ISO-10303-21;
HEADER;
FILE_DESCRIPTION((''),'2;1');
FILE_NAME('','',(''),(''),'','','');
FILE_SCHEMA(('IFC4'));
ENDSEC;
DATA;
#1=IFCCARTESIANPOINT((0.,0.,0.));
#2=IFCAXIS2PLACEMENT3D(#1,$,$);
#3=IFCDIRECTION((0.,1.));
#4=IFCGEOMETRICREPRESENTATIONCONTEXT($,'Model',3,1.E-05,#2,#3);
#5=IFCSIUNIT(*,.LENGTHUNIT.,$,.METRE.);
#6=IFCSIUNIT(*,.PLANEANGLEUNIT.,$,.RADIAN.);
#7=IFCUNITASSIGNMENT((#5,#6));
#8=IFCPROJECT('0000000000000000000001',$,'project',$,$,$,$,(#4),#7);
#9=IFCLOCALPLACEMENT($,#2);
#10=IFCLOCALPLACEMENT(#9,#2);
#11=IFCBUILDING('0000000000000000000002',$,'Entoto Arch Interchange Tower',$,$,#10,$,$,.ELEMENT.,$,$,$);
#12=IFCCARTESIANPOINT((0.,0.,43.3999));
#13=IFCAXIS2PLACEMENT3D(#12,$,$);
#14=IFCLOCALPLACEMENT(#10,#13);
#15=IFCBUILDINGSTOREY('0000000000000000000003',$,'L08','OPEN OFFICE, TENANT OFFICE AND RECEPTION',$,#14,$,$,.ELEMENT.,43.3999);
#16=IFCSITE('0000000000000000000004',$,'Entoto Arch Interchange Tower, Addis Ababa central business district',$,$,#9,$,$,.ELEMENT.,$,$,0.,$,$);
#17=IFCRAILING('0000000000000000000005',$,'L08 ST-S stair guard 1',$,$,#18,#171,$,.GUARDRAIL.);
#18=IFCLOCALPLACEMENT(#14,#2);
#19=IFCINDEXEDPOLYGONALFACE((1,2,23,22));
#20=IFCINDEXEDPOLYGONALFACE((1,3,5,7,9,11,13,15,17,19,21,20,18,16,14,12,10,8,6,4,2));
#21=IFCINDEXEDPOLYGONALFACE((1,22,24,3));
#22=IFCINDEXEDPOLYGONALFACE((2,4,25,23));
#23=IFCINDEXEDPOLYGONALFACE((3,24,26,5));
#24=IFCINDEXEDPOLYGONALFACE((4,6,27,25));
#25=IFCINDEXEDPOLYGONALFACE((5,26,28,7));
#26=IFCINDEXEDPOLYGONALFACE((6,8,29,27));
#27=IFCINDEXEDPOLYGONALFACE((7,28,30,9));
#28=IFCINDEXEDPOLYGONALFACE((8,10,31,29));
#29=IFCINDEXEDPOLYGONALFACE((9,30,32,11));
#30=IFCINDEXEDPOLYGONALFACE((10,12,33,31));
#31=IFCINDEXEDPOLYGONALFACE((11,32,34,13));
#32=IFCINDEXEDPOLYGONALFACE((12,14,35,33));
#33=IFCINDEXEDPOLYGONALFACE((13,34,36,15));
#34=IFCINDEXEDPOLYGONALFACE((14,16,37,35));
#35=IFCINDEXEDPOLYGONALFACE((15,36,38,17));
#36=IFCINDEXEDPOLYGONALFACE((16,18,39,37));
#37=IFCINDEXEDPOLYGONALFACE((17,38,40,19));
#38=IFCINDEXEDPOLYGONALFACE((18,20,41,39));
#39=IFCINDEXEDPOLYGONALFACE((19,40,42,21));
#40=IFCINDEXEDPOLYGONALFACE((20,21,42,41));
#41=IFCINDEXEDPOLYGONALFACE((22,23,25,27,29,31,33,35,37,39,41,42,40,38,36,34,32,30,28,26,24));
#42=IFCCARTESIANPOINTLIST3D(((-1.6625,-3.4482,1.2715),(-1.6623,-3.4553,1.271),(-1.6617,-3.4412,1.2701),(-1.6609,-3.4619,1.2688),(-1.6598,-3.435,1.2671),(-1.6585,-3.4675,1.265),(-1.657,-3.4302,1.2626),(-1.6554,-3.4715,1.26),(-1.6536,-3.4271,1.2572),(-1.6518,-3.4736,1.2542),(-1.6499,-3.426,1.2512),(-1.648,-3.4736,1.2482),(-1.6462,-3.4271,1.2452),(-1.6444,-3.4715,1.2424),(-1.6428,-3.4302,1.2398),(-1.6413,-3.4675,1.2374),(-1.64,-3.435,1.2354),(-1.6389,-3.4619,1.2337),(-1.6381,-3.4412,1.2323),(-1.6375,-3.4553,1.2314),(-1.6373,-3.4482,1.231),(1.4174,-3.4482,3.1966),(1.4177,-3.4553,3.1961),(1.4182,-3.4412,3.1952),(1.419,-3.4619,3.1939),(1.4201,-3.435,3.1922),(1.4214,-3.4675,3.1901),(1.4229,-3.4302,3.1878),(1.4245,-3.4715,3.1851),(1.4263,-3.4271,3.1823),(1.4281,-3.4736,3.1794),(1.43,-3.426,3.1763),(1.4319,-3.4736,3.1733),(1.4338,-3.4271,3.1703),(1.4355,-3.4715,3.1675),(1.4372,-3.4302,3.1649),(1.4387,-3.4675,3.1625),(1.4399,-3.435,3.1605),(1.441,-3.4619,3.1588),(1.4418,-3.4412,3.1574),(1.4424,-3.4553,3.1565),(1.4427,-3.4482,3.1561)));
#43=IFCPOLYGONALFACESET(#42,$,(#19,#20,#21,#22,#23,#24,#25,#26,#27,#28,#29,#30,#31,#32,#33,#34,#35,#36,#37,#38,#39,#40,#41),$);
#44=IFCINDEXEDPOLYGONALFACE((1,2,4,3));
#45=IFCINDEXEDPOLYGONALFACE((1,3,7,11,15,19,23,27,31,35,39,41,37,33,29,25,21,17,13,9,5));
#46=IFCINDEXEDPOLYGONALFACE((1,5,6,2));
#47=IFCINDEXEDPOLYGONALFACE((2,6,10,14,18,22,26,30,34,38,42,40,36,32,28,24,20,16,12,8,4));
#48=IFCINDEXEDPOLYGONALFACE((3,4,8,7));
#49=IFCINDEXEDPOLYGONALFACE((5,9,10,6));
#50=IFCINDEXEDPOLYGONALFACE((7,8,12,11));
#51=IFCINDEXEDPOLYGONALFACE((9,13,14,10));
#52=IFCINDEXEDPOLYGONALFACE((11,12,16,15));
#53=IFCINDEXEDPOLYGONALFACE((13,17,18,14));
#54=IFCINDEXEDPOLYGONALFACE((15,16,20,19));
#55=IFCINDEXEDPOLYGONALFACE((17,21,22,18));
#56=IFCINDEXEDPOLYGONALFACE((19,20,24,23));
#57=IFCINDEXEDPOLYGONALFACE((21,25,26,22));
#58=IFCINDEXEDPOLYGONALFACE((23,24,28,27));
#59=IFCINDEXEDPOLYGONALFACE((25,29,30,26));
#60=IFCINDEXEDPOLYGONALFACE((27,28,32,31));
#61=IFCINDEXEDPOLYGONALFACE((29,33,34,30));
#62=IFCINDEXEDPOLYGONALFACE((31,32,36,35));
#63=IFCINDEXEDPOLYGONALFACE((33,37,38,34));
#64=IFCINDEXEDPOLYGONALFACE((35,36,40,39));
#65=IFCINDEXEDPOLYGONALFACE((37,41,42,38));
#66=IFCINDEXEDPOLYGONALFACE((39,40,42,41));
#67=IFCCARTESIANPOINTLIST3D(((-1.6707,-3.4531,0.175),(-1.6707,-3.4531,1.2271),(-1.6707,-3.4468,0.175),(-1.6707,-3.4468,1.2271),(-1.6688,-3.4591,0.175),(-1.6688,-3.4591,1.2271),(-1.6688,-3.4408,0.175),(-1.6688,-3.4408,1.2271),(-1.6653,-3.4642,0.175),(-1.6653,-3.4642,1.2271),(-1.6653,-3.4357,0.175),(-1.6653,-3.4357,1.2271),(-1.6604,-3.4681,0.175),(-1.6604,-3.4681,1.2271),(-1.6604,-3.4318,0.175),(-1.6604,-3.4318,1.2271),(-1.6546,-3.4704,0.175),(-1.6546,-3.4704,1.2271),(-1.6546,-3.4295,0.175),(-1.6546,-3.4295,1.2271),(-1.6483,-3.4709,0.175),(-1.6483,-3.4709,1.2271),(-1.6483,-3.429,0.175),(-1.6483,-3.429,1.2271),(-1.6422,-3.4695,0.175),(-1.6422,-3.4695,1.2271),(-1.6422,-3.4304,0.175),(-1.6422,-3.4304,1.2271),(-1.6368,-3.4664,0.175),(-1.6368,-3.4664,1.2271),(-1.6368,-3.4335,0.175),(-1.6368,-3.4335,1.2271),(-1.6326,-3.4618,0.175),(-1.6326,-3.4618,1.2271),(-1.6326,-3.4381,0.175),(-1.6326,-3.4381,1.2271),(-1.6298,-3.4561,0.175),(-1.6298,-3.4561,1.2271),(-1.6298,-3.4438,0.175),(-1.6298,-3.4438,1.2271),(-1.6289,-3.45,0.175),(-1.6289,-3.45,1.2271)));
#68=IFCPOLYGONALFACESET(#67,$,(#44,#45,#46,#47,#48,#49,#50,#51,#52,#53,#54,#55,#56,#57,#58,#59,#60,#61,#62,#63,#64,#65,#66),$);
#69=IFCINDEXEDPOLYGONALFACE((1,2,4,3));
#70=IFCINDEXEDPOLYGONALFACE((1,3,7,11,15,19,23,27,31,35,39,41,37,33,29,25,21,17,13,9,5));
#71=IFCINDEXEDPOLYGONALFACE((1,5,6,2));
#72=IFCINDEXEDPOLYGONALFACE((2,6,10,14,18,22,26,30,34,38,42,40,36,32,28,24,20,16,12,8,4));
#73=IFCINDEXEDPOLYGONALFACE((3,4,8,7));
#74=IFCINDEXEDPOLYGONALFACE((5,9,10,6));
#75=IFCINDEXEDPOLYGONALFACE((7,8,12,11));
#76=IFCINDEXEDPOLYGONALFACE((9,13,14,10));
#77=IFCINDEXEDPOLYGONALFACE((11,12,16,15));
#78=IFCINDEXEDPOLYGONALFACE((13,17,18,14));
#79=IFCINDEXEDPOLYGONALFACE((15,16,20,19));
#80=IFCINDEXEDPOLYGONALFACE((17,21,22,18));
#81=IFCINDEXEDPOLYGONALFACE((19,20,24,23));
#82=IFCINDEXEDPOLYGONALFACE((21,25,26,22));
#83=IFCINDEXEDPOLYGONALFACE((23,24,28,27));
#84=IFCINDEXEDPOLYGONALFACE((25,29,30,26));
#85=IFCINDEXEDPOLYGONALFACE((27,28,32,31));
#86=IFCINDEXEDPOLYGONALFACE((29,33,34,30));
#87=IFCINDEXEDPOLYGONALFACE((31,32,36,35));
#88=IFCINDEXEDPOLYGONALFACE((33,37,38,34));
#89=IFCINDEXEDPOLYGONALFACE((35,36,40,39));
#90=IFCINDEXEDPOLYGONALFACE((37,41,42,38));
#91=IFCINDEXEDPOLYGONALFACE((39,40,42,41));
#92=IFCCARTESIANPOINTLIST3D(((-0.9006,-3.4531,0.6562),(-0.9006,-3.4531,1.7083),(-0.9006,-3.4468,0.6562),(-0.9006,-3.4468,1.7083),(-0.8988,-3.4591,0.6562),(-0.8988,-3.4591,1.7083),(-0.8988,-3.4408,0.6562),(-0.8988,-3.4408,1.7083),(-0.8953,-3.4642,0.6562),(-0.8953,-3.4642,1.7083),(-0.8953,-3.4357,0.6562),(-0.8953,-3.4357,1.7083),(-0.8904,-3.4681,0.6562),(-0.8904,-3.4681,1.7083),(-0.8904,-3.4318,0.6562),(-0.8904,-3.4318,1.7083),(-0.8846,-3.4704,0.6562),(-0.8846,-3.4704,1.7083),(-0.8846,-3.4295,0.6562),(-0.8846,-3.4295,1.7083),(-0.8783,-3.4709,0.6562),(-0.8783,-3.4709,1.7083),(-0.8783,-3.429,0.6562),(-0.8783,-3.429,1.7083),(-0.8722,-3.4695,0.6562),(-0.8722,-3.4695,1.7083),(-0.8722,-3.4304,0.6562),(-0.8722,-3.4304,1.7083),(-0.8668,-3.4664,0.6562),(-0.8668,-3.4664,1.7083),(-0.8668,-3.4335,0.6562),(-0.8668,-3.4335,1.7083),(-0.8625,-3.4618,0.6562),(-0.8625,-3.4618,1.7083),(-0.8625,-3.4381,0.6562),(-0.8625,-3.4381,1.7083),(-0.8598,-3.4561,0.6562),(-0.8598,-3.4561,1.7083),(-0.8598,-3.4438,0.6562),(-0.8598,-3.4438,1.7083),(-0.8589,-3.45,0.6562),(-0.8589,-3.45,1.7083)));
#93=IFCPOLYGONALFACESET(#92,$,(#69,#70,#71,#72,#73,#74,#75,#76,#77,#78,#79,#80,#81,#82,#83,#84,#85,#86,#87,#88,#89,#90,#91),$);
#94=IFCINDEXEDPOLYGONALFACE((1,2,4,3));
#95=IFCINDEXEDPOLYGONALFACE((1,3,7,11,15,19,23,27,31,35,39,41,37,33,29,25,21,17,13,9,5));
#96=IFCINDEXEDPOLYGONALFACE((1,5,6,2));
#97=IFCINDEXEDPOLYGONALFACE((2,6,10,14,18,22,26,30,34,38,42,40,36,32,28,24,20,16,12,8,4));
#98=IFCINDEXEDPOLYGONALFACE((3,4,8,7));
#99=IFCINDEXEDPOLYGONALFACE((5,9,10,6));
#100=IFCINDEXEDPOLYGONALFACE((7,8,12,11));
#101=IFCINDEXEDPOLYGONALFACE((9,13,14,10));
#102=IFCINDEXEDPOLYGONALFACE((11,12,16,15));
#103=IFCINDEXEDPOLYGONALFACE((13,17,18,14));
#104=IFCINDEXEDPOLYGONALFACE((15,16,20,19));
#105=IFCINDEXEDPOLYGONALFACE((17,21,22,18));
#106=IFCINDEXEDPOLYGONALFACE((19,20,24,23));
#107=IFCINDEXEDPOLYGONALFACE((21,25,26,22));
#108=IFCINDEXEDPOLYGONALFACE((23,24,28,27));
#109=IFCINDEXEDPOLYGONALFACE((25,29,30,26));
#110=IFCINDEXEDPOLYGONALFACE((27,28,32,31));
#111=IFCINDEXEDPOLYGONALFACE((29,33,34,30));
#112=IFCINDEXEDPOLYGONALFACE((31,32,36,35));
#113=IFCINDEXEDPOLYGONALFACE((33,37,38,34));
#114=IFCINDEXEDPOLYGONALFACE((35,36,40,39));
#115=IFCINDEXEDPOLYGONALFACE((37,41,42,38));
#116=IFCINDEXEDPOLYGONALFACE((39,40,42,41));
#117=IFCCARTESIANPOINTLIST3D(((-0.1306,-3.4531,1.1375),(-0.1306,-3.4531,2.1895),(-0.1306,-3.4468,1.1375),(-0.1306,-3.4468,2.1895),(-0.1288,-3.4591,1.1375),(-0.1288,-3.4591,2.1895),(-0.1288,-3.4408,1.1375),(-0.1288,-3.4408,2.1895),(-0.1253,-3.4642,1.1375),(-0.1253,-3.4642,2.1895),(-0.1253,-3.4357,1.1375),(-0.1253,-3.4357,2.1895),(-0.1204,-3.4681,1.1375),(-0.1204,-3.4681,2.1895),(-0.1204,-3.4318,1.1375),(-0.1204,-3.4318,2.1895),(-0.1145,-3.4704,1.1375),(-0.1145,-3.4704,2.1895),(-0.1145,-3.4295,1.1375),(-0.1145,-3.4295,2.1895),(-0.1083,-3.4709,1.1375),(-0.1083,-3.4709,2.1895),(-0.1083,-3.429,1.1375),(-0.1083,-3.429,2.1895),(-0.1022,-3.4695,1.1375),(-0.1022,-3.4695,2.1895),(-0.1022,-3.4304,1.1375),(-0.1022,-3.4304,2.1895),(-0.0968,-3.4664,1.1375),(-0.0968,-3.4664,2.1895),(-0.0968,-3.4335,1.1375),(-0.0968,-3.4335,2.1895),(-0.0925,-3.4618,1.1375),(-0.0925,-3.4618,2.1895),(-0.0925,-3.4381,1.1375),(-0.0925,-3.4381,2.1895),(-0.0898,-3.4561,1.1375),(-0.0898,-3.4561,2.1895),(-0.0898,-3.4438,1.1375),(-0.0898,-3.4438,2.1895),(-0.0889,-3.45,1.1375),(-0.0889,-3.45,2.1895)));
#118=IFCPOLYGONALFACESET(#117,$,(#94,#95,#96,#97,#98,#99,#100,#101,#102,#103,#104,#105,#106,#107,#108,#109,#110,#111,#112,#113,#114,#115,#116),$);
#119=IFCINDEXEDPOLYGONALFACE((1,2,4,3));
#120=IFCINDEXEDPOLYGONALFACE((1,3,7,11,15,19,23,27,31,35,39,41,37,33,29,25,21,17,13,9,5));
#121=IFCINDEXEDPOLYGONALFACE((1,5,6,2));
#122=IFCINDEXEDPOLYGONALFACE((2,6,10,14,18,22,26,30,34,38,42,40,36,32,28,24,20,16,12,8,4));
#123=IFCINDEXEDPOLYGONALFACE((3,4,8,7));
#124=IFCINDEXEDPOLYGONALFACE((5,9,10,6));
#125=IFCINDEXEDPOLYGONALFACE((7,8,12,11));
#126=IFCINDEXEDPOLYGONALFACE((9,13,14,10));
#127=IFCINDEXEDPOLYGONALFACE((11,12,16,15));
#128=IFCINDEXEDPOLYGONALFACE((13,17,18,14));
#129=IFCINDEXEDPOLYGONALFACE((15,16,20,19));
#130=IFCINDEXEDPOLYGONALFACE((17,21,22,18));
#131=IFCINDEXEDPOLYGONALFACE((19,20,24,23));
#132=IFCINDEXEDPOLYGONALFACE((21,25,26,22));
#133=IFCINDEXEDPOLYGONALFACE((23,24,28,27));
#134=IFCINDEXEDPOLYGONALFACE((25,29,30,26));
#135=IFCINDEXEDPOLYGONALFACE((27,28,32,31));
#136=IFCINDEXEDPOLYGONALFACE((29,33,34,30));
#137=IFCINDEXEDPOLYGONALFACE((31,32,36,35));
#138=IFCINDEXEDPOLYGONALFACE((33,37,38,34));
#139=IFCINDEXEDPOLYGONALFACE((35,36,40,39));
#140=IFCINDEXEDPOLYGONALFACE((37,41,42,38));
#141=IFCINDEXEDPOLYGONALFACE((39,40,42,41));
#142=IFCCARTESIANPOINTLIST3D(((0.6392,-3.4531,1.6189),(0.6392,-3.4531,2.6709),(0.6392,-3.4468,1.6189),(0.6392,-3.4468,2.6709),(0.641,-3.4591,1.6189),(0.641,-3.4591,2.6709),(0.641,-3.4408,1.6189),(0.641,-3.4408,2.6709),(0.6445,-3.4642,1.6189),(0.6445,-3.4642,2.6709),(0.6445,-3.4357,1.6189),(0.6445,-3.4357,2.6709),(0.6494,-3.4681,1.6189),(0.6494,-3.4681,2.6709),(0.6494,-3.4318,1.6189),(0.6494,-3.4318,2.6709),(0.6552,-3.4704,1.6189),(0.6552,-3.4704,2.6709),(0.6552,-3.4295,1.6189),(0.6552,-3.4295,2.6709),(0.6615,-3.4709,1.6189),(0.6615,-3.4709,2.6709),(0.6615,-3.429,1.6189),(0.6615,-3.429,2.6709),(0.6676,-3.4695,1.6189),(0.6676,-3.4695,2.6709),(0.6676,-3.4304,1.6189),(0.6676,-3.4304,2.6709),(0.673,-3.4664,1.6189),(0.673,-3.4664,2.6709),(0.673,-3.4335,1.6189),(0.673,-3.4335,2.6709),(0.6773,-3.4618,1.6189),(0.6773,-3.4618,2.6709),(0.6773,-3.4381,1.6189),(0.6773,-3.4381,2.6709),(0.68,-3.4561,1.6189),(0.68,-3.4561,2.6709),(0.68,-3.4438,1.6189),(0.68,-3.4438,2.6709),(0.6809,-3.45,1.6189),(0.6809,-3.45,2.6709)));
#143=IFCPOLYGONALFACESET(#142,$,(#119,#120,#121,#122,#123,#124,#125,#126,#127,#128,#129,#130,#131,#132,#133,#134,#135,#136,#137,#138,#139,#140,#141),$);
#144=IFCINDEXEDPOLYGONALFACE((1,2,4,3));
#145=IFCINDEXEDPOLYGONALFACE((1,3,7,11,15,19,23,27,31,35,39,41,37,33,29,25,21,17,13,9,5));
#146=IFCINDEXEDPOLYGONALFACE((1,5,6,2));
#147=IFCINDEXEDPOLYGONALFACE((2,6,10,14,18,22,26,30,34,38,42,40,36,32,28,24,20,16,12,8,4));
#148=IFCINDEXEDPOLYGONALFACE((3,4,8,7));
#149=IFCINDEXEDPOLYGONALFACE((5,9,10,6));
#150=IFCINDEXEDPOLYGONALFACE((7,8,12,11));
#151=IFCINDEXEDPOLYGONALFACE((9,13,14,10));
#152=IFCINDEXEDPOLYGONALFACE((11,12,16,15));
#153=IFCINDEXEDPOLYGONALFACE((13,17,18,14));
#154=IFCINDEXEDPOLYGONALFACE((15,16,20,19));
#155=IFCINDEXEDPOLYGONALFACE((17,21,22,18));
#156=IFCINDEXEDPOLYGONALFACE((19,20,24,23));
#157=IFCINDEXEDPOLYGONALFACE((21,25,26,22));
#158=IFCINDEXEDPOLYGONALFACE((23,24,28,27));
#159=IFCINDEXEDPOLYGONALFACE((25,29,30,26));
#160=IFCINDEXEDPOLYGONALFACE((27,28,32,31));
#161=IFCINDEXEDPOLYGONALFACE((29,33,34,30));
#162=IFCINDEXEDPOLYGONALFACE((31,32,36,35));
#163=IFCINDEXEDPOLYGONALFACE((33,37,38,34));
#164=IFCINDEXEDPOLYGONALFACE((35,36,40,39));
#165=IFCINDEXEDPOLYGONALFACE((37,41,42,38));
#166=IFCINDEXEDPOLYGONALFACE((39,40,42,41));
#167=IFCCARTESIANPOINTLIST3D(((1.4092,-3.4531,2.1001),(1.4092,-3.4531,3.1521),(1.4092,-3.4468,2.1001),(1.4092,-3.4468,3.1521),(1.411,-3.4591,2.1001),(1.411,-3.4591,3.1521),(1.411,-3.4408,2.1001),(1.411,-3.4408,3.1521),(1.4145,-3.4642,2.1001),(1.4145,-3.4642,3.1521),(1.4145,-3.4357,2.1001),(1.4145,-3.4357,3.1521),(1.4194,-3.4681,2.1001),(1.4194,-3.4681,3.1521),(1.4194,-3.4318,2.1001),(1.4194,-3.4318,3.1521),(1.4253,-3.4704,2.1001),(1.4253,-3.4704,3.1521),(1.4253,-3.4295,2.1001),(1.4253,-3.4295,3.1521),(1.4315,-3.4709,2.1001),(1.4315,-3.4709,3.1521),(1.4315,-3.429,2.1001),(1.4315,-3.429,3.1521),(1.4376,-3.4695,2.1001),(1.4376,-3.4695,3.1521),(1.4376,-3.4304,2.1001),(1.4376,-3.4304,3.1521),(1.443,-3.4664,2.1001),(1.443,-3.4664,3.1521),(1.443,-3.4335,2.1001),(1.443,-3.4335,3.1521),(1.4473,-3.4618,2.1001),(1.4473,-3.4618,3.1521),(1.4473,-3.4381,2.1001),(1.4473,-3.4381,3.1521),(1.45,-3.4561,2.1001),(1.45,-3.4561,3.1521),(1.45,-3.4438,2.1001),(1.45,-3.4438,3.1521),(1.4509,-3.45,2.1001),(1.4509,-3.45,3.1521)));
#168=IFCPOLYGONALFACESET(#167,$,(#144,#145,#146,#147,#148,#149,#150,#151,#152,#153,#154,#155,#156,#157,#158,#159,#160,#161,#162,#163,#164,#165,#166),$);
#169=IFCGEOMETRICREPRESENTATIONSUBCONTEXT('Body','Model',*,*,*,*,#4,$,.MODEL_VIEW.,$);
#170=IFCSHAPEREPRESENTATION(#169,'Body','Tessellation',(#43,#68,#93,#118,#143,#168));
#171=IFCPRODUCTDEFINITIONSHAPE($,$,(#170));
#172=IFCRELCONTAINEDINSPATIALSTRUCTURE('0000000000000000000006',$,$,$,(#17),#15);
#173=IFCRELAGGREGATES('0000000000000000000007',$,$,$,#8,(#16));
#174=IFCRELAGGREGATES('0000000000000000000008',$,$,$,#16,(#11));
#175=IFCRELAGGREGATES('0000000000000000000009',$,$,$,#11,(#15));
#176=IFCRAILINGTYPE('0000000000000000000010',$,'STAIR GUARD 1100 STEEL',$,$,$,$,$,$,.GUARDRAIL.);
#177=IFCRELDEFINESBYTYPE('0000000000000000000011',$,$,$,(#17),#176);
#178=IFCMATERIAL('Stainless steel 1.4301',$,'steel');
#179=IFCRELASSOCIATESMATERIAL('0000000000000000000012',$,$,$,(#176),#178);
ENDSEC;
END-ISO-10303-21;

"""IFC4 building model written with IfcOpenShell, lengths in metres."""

from ifc_helpers import new_model, si_unit, direction, frame, origin, origin_2d, place, context, subcontext, project, spatial, circle, extrude, material, type_object, element, save


model = new_model("IFC4")

# Units and contexts
model_context = context("Model", 3, precision=1e-05, world=origin(), true_north=direction((0.0, 1.0)))
body_context = subcontext(model_context, "Body", "Model", "MODEL_VIEW")
ifc_project = project(units=[si_unit("LENGTHUNIT", "METRE"), si_unit("PLANEANGLEUNIT", "RADIAN")], contexts=[model_context])

# Site, building, storey
site_placement = place(None, origin())
site = spatial("IfcSite", under=ifc_project, at=site_placement, Name="Entoto Arch Interchange Tower, Addis Ababa central business district", CompositionType="ELEMENT", RefElevation=0.0)
building_placement = place(site_placement, origin())
building = spatial("IfcBuilding", under=site, at=building_placement, Name="Entoto Arch Interchange Tower", CompositionType="ELEMENT")
storey_placement = place(building_placement, frame((0.0, 0.0, 43.3999)))
storey = spatial("IfcBuildingStorey", under=building, at=storey_placement, Name="L08", Description="OPEN OFFICE, TENANT OFFICE AND RECEPTION", CompositionType="ELEMENT", Elevation=43.3999)

# Railing
ifc_material_1 = material(Name="Stainless steel 1.4301", Category="steel")
railing_type = type_object("IfcRailingType", Name="STAIR GUARD 1100 STEEL", PredefinedType="GUARDRAIL", material=ifc_material_1)
railing_1_placement = place(storey_placement, frame((-1.6499, -3.45, 0.175)))
element("IfcRailing", 1, at=railing_1_placement, inside=storey, type_object=railing_type, Name="L08 ST-S stair guard 1", PredefinedType="GUARDRAIL", context=body_context, shape_type="SweptSolid", body=[
    extrude(circle(Radius=0.0239, at=origin_2d()), frame((0.0, 0.0, 1.0762), z_axis=(0.847979, 0.0, 0.530029), x_axis=(0.0, 1.0, 0.0)), (0.0, 0.0, 1.0), 3.6321),
    extrude(circle(Radius=0.021, at=origin_2d()), origin(), (0.0, 0.0, 1.0), 1.052),
    extrude(circle(Radius=0.021, at=origin_2d()), frame((0.77, 0.0, 0.4812)), (0.0, 0.0, 1.0), 1.052),
    extrude(circle(Radius=0.021, at=origin_2d()), frame((1.54, 0.0, 0.9624)), (0.0, 0.0, 1.0), 1.052),
    extrude(circle(Radius=0.021, at=origin_2d()), frame((2.3098, 0.0, 1.4438)), (0.0, 0.0, 1.0), 1.052),
    extrude(circle(Radius=0.021, at=origin_2d()), frame((3.0798, 0.0, 1.925)), (0.0, 0.0, 1.0), 1.052),
])

save(model, "model.ifc")
